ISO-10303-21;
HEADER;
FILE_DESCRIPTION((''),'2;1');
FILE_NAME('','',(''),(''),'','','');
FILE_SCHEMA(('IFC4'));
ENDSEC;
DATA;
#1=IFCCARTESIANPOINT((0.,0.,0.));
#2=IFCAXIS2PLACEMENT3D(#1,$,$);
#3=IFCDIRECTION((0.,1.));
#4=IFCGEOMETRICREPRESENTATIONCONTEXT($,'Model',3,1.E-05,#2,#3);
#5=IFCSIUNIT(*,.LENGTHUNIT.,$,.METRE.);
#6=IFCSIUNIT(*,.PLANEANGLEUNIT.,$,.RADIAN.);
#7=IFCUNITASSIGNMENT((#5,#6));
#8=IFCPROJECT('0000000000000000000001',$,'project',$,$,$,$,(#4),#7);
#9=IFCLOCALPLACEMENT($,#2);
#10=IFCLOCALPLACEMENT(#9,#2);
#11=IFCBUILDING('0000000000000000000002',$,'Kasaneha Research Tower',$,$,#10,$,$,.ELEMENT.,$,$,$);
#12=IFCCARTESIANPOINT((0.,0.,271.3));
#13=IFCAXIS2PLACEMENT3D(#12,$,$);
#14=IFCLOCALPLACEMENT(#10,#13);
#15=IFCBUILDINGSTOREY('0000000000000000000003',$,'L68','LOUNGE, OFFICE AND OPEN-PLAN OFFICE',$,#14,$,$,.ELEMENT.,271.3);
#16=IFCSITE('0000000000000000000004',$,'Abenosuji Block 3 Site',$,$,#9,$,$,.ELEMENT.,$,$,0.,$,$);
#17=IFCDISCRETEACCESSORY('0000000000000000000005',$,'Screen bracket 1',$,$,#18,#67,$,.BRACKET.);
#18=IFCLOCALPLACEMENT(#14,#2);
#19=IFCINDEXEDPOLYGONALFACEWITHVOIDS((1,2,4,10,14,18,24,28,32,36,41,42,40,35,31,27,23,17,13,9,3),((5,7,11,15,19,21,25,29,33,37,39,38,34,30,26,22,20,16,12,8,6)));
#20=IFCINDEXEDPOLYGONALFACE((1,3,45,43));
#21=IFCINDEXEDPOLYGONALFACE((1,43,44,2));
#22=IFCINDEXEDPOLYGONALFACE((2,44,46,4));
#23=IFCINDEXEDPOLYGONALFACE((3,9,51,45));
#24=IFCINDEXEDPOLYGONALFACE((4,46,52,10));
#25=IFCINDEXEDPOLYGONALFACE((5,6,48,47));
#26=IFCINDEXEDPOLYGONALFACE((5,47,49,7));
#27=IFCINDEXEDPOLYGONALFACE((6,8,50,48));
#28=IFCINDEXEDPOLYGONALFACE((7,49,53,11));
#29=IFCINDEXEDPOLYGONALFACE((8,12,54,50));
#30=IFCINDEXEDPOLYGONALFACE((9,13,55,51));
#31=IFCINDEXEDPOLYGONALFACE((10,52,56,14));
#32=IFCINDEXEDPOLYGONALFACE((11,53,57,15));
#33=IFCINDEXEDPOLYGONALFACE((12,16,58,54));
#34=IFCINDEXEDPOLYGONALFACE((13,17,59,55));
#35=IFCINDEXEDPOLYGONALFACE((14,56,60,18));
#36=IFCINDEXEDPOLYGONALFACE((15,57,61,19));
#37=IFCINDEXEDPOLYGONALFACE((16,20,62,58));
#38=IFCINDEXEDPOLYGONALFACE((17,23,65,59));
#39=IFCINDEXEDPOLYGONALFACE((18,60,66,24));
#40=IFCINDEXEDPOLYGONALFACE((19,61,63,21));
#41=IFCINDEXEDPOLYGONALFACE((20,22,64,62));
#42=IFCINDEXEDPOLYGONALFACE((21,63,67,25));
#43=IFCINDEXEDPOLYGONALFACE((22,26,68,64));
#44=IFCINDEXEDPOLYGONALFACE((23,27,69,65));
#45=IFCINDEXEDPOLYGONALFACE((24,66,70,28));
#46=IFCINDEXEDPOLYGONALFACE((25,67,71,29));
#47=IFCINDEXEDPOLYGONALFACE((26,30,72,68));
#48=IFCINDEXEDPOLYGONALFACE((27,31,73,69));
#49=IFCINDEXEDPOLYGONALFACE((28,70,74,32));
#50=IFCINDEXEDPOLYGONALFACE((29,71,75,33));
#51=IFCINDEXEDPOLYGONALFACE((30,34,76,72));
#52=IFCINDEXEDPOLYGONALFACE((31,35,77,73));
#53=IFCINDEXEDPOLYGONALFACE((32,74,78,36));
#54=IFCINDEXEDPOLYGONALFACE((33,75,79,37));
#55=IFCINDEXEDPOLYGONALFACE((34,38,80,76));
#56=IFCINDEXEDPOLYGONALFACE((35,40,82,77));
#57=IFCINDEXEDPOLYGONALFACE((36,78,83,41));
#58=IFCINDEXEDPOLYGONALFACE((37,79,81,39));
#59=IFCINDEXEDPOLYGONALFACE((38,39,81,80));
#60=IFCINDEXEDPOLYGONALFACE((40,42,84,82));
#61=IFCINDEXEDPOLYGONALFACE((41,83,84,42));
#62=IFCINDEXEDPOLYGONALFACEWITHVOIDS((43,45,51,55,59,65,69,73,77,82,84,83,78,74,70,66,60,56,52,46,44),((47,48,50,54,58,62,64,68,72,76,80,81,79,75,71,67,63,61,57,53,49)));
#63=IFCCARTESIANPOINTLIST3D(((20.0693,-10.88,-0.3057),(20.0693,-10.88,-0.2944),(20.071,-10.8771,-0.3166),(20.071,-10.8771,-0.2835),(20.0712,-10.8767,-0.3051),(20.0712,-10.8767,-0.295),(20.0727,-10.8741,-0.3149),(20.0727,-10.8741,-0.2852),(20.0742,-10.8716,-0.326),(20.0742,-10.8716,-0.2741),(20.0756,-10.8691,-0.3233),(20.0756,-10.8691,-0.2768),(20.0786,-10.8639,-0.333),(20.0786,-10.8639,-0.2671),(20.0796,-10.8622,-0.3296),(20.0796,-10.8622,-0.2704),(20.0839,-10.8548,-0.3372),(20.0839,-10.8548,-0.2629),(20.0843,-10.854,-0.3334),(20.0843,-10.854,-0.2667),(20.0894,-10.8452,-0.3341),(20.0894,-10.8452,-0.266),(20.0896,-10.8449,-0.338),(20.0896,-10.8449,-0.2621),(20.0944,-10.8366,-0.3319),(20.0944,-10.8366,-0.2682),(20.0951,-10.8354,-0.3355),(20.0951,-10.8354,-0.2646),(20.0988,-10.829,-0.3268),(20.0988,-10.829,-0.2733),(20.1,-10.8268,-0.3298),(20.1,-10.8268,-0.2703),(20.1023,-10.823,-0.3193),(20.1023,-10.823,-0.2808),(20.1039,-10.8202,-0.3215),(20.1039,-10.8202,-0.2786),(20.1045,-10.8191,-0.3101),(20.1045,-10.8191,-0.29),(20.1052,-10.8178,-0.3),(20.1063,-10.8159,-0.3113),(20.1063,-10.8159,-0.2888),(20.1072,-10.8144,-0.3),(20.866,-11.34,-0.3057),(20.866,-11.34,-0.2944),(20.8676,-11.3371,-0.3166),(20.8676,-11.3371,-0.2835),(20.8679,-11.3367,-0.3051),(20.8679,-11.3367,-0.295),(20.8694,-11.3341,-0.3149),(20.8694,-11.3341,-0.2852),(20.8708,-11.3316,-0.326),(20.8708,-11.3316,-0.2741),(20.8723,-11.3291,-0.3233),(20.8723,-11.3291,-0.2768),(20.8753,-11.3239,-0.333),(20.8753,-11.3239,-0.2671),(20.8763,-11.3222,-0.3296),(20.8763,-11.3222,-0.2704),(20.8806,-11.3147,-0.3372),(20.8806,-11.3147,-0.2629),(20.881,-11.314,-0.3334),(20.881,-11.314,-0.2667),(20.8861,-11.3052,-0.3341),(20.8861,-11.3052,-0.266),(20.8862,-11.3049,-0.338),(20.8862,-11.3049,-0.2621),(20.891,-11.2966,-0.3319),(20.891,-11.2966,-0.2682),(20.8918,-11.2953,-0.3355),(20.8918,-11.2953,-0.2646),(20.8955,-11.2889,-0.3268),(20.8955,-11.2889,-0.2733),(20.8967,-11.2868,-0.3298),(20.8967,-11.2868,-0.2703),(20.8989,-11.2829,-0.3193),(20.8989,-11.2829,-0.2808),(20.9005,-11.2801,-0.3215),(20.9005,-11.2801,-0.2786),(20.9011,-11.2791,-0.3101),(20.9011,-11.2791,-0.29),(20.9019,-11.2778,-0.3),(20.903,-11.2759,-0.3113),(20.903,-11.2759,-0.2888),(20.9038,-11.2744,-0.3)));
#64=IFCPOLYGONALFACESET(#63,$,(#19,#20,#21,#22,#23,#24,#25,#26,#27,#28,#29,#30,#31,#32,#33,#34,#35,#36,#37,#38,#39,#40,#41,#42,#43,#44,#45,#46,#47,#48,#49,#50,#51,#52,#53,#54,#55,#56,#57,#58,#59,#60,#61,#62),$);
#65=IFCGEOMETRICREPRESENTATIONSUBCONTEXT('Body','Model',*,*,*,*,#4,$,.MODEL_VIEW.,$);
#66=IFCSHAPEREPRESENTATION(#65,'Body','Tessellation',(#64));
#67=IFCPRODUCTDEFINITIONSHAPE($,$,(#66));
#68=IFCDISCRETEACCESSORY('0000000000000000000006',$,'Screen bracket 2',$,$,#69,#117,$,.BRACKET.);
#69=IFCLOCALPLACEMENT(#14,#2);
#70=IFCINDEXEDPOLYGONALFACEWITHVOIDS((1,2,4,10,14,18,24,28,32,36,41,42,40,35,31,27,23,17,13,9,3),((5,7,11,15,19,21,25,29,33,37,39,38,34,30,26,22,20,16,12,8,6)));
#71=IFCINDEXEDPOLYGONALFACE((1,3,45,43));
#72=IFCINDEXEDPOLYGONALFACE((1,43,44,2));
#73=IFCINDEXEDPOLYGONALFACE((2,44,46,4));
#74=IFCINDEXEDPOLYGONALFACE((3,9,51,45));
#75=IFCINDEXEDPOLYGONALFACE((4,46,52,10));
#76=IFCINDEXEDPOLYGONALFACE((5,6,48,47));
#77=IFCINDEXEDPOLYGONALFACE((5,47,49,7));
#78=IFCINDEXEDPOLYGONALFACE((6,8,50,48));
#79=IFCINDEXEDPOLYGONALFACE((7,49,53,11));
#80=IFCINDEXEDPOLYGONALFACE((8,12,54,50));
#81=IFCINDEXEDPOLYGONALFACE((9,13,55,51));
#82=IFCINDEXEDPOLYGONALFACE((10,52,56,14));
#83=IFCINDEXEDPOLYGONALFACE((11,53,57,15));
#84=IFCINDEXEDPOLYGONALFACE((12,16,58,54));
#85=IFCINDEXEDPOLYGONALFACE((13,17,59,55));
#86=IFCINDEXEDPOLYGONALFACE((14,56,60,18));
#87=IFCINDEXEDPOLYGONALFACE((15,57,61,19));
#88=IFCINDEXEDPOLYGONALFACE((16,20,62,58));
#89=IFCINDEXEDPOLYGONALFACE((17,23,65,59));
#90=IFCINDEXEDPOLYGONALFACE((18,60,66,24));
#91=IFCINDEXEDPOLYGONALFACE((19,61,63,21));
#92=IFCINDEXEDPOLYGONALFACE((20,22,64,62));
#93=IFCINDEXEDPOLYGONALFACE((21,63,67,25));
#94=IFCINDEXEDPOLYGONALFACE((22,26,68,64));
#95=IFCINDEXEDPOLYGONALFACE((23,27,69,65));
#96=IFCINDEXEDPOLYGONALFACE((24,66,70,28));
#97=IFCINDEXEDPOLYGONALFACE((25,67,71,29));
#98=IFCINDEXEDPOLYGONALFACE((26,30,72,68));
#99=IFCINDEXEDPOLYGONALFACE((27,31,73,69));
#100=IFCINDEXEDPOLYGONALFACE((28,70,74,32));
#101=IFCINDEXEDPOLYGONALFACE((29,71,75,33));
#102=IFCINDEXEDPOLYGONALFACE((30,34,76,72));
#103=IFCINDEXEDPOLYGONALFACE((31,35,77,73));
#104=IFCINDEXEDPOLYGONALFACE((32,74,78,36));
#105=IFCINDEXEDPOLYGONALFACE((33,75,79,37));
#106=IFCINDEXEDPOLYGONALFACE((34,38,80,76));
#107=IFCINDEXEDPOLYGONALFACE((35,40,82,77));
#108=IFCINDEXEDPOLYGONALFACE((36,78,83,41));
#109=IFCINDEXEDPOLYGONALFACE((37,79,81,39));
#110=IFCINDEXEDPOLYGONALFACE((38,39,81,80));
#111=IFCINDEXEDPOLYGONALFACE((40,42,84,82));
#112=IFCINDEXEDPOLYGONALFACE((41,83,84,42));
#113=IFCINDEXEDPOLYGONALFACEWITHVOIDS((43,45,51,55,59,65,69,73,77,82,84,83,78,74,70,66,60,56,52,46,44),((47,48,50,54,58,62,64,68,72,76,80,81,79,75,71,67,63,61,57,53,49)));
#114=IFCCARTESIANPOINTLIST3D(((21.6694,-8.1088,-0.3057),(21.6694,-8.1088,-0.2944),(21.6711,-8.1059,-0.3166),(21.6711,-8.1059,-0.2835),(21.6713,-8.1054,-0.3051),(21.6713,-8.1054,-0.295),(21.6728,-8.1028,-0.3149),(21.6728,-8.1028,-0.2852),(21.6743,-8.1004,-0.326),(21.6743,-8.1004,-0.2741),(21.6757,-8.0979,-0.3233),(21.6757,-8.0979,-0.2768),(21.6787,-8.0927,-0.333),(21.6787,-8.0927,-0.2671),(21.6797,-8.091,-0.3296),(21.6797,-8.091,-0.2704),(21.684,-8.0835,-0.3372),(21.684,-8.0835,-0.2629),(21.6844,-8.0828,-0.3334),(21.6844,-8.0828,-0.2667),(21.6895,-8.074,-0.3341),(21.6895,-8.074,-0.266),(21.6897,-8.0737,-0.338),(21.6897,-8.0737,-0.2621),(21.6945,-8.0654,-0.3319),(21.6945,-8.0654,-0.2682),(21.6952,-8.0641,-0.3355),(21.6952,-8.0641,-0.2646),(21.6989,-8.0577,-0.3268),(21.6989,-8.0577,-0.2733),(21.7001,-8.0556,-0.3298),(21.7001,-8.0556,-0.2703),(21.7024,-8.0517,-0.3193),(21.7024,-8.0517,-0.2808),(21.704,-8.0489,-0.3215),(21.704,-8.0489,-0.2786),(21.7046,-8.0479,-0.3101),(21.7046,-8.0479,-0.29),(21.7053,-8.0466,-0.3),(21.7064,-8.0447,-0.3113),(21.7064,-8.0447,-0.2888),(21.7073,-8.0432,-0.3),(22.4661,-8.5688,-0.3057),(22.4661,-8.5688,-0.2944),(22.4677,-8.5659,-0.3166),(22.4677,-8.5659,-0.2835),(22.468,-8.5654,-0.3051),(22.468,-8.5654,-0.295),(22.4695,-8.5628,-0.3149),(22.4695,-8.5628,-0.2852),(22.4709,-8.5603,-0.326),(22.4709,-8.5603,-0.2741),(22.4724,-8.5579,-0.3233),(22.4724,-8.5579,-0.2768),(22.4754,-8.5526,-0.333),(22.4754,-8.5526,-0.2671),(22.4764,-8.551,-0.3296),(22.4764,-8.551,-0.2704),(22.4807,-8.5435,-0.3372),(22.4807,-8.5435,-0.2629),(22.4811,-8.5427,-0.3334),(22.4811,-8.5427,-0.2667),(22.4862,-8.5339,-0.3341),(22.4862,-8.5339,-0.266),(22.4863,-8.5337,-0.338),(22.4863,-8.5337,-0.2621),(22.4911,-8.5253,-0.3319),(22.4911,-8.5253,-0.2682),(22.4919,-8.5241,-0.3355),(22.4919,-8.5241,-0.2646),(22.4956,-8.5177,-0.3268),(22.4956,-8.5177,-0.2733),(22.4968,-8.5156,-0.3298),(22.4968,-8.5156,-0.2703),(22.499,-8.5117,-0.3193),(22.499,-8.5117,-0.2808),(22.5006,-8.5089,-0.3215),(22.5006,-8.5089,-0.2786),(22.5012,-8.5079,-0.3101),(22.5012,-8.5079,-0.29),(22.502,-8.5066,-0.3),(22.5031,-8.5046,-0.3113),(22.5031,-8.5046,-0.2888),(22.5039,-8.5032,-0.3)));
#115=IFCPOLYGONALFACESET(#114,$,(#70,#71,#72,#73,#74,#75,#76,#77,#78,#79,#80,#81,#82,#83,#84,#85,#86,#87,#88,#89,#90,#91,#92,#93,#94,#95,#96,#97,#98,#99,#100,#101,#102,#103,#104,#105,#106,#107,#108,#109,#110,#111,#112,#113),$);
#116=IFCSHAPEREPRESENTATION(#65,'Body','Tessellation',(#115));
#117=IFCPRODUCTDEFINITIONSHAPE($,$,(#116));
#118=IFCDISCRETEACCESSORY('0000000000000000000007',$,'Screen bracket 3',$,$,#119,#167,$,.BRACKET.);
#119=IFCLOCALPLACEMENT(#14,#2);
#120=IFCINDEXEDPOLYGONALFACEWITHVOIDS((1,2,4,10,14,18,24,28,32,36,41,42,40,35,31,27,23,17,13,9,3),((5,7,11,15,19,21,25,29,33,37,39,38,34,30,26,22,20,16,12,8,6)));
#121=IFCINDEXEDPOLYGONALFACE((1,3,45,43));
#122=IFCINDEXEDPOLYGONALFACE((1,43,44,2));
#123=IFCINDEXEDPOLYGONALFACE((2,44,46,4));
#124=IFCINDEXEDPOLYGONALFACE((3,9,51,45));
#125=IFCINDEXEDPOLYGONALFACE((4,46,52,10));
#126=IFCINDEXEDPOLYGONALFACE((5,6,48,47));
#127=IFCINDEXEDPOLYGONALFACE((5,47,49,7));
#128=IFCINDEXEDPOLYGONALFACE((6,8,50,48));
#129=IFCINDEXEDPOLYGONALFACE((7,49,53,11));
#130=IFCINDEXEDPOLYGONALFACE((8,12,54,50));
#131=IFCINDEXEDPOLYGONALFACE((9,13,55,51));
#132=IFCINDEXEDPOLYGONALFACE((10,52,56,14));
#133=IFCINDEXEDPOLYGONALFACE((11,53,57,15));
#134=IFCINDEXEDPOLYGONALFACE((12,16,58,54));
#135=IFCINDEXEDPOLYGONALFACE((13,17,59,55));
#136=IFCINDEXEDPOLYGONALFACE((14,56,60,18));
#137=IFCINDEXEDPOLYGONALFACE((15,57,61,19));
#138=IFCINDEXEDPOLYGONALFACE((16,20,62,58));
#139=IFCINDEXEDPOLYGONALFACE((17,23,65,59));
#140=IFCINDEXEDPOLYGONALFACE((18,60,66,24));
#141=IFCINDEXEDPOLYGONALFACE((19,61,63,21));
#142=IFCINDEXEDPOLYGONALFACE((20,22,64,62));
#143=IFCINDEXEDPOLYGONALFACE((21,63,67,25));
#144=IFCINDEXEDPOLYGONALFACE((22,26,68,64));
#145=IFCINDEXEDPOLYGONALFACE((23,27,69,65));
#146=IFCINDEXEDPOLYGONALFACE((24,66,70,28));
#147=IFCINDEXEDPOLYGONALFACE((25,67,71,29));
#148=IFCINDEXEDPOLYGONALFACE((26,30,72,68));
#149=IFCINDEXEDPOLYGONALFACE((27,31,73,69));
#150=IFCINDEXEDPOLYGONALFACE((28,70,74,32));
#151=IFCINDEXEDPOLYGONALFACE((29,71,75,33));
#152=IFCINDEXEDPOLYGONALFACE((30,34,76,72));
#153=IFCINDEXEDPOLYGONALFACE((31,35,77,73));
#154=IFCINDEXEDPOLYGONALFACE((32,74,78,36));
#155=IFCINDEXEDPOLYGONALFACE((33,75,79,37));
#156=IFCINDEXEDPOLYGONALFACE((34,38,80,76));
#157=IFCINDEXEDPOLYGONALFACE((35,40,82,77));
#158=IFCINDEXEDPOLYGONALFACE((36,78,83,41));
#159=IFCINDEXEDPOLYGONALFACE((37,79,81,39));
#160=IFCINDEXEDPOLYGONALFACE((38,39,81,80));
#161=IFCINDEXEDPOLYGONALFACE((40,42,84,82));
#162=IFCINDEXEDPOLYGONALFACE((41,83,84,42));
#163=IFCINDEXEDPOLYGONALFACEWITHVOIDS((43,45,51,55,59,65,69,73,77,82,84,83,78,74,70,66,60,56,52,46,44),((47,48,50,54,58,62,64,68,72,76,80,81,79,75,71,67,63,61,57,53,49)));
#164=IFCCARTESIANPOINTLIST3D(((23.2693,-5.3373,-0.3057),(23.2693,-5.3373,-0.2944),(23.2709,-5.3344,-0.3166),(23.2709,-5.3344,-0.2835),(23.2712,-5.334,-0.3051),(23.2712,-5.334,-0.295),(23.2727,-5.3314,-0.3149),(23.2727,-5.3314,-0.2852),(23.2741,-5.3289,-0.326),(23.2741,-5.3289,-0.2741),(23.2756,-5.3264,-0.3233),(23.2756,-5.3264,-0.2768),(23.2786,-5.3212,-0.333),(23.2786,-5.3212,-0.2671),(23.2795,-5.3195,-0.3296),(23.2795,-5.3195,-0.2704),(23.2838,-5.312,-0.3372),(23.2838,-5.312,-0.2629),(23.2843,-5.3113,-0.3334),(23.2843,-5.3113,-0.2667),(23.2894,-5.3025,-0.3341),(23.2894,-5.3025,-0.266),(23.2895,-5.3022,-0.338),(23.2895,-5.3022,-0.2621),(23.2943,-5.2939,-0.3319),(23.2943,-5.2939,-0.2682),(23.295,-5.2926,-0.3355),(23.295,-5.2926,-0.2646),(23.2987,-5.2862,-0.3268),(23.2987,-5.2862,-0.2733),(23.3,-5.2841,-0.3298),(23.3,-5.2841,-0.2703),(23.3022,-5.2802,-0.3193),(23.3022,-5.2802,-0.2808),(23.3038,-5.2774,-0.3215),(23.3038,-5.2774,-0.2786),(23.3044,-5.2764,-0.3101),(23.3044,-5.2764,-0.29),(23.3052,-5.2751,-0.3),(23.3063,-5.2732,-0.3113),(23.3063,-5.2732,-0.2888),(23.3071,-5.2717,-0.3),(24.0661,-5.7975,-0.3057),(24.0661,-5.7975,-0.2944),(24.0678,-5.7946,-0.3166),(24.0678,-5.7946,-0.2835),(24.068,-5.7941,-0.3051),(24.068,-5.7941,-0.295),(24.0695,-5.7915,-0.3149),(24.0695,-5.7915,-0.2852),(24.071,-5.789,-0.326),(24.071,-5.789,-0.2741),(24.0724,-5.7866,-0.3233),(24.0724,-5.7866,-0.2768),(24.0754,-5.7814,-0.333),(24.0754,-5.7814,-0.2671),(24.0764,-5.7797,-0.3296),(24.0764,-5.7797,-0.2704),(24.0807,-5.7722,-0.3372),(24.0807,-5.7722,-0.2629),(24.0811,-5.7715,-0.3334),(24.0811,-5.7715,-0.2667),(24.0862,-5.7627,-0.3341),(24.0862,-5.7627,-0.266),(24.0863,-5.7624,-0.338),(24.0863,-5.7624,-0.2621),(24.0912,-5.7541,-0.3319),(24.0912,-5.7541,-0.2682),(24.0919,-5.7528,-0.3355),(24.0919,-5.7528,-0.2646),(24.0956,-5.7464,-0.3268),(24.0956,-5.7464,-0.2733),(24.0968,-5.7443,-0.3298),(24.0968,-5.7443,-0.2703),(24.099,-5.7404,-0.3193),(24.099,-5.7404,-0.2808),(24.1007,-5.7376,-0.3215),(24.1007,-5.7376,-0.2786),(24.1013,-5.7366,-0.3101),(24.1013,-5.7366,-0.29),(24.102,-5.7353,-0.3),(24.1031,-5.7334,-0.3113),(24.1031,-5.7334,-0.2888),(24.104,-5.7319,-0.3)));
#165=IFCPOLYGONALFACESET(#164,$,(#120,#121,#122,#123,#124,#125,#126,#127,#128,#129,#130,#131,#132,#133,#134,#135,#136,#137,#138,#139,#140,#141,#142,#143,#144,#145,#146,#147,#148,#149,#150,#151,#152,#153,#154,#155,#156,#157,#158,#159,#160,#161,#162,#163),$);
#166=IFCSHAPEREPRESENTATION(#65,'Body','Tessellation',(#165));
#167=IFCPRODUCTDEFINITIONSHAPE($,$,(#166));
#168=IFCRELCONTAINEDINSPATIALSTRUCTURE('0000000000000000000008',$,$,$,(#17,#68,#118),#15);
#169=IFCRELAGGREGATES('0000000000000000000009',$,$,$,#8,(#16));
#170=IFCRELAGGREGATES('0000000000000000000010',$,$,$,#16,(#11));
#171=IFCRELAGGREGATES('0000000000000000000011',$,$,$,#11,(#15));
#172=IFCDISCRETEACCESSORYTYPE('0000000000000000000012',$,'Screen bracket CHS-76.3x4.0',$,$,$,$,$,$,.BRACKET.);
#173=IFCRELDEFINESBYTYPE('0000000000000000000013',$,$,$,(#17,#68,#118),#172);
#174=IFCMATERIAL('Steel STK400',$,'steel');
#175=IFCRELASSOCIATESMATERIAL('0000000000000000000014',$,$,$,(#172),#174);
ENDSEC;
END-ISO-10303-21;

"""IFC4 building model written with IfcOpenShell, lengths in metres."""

from ifc_helpers import new_model, si_unit, direction, frame, origin, origin_2d, place, context, subcontext, project, spatial, hollow_circle, extrude, material, material_profile, profile_set, type_object, element, save


model = new_model("IFC4")

# Units and contexts
model_context = context("Model", 3, precision=1e-05, world=origin(), true_north=direction((0.0, 1.0)))
body_context = subcontext(model_context, "Body", "Model", "MODEL_VIEW")
ifc_project = project(units=[si_unit("LENGTHUNIT", "METRE"), si_unit("PLANEANGLEUNIT", "RADIAN")], contexts=[model_context])

# Site, building, storey
site_placement = place(None, origin())
site = spatial("IfcSite", under=ifc_project, at=site_placement, Name="Abenosuji Block 3 Site", CompositionType="ELEMENT", RefElevation=0.0)
building_placement = place(site_placement, origin())
building = spatial("IfcBuilding", under=site, at=building_placement, Name="Kasaneha Research Tower", CompositionType="ELEMENT")
storey_placement = place(building_placement, frame((0.0, 0.0, 271.3)))
storey = spatial("IfcBuildingStorey", under=building, at=storey_placement, Name="L68", Description="LOUNGE, OFFICE AND OPEN-PLAN OFFICE", CompositionType="ELEMENT", Elevation=271.3)

# Discrete accessories
ifc_material_1 = material(Name="Steel STK400", Category="steel")
ifc_material_profile_1 = material_profile(ifc_material_1, hollow_circle(Radius=0.0381, WallThickness=0.0039, at=origin_2d()), Name="CHS-76.3x4.0")
ifc_profile_set_1 = profile_set([ifc_material_profile_1], Name="Steel STK400")
discrete_accessory_type = type_object("IfcDiscreteAccessoryType", Name="Screen bracket CHS-76.3x4.0", PredefinedType="BRACKET", material=ifc_profile_set_1)
for number, where, z_axis, x_axis, name in (
    (1, (20.0881, -10.8474, -0.3), (0.866013, -0.500021, 0.0), (0.500021, 0.866013, 0.0), "Screen bracket 1"),
    (2, (21.6882, -8.0762, -0.3), (0.866013, -0.500021, 0.0), (0.500021, 0.866013, 0.0), "Screen bracket 2"),
):
    element("IfcDiscreteAccessory", number, at=place(storey_placement, frame(where, z_axis=z_axis, x_axis=x_axis)), inside=storey, type_object=discrete_accessory_type, Name=name, PredefinedType="BRACKET", context=body_context, shape_type="SweptSolid", body=[
        extrude(hollow_circle(Radius=0.0381, WallThickness=0.0039, at=origin_2d()), origin(), (0.0, 0.0, 1.0), 0.9199),
    ])
discrete_accessory_placement = place(storey_placement, frame((23.2881, -5.3047, -0.3), z_axis=(0.865965, -0.500105, 0.0), x_axis=(0.500105, 0.865965, 0.0)))
element("IfcDiscreteAccessory", 3, at=discrete_accessory_placement, inside=storey, type_object=discrete_accessory_type, Name="Screen bracket 3", PredefinedType="BRACKET", context=body_context, shape_type="SweptSolid", body=[
    extrude(hollow_circle(Radius=0.0381, WallThickness=0.0039, at=origin_2d()), origin(), (0.0, 0.0, 1.0), 0.9202),
])

save(model, "model.ifc")
